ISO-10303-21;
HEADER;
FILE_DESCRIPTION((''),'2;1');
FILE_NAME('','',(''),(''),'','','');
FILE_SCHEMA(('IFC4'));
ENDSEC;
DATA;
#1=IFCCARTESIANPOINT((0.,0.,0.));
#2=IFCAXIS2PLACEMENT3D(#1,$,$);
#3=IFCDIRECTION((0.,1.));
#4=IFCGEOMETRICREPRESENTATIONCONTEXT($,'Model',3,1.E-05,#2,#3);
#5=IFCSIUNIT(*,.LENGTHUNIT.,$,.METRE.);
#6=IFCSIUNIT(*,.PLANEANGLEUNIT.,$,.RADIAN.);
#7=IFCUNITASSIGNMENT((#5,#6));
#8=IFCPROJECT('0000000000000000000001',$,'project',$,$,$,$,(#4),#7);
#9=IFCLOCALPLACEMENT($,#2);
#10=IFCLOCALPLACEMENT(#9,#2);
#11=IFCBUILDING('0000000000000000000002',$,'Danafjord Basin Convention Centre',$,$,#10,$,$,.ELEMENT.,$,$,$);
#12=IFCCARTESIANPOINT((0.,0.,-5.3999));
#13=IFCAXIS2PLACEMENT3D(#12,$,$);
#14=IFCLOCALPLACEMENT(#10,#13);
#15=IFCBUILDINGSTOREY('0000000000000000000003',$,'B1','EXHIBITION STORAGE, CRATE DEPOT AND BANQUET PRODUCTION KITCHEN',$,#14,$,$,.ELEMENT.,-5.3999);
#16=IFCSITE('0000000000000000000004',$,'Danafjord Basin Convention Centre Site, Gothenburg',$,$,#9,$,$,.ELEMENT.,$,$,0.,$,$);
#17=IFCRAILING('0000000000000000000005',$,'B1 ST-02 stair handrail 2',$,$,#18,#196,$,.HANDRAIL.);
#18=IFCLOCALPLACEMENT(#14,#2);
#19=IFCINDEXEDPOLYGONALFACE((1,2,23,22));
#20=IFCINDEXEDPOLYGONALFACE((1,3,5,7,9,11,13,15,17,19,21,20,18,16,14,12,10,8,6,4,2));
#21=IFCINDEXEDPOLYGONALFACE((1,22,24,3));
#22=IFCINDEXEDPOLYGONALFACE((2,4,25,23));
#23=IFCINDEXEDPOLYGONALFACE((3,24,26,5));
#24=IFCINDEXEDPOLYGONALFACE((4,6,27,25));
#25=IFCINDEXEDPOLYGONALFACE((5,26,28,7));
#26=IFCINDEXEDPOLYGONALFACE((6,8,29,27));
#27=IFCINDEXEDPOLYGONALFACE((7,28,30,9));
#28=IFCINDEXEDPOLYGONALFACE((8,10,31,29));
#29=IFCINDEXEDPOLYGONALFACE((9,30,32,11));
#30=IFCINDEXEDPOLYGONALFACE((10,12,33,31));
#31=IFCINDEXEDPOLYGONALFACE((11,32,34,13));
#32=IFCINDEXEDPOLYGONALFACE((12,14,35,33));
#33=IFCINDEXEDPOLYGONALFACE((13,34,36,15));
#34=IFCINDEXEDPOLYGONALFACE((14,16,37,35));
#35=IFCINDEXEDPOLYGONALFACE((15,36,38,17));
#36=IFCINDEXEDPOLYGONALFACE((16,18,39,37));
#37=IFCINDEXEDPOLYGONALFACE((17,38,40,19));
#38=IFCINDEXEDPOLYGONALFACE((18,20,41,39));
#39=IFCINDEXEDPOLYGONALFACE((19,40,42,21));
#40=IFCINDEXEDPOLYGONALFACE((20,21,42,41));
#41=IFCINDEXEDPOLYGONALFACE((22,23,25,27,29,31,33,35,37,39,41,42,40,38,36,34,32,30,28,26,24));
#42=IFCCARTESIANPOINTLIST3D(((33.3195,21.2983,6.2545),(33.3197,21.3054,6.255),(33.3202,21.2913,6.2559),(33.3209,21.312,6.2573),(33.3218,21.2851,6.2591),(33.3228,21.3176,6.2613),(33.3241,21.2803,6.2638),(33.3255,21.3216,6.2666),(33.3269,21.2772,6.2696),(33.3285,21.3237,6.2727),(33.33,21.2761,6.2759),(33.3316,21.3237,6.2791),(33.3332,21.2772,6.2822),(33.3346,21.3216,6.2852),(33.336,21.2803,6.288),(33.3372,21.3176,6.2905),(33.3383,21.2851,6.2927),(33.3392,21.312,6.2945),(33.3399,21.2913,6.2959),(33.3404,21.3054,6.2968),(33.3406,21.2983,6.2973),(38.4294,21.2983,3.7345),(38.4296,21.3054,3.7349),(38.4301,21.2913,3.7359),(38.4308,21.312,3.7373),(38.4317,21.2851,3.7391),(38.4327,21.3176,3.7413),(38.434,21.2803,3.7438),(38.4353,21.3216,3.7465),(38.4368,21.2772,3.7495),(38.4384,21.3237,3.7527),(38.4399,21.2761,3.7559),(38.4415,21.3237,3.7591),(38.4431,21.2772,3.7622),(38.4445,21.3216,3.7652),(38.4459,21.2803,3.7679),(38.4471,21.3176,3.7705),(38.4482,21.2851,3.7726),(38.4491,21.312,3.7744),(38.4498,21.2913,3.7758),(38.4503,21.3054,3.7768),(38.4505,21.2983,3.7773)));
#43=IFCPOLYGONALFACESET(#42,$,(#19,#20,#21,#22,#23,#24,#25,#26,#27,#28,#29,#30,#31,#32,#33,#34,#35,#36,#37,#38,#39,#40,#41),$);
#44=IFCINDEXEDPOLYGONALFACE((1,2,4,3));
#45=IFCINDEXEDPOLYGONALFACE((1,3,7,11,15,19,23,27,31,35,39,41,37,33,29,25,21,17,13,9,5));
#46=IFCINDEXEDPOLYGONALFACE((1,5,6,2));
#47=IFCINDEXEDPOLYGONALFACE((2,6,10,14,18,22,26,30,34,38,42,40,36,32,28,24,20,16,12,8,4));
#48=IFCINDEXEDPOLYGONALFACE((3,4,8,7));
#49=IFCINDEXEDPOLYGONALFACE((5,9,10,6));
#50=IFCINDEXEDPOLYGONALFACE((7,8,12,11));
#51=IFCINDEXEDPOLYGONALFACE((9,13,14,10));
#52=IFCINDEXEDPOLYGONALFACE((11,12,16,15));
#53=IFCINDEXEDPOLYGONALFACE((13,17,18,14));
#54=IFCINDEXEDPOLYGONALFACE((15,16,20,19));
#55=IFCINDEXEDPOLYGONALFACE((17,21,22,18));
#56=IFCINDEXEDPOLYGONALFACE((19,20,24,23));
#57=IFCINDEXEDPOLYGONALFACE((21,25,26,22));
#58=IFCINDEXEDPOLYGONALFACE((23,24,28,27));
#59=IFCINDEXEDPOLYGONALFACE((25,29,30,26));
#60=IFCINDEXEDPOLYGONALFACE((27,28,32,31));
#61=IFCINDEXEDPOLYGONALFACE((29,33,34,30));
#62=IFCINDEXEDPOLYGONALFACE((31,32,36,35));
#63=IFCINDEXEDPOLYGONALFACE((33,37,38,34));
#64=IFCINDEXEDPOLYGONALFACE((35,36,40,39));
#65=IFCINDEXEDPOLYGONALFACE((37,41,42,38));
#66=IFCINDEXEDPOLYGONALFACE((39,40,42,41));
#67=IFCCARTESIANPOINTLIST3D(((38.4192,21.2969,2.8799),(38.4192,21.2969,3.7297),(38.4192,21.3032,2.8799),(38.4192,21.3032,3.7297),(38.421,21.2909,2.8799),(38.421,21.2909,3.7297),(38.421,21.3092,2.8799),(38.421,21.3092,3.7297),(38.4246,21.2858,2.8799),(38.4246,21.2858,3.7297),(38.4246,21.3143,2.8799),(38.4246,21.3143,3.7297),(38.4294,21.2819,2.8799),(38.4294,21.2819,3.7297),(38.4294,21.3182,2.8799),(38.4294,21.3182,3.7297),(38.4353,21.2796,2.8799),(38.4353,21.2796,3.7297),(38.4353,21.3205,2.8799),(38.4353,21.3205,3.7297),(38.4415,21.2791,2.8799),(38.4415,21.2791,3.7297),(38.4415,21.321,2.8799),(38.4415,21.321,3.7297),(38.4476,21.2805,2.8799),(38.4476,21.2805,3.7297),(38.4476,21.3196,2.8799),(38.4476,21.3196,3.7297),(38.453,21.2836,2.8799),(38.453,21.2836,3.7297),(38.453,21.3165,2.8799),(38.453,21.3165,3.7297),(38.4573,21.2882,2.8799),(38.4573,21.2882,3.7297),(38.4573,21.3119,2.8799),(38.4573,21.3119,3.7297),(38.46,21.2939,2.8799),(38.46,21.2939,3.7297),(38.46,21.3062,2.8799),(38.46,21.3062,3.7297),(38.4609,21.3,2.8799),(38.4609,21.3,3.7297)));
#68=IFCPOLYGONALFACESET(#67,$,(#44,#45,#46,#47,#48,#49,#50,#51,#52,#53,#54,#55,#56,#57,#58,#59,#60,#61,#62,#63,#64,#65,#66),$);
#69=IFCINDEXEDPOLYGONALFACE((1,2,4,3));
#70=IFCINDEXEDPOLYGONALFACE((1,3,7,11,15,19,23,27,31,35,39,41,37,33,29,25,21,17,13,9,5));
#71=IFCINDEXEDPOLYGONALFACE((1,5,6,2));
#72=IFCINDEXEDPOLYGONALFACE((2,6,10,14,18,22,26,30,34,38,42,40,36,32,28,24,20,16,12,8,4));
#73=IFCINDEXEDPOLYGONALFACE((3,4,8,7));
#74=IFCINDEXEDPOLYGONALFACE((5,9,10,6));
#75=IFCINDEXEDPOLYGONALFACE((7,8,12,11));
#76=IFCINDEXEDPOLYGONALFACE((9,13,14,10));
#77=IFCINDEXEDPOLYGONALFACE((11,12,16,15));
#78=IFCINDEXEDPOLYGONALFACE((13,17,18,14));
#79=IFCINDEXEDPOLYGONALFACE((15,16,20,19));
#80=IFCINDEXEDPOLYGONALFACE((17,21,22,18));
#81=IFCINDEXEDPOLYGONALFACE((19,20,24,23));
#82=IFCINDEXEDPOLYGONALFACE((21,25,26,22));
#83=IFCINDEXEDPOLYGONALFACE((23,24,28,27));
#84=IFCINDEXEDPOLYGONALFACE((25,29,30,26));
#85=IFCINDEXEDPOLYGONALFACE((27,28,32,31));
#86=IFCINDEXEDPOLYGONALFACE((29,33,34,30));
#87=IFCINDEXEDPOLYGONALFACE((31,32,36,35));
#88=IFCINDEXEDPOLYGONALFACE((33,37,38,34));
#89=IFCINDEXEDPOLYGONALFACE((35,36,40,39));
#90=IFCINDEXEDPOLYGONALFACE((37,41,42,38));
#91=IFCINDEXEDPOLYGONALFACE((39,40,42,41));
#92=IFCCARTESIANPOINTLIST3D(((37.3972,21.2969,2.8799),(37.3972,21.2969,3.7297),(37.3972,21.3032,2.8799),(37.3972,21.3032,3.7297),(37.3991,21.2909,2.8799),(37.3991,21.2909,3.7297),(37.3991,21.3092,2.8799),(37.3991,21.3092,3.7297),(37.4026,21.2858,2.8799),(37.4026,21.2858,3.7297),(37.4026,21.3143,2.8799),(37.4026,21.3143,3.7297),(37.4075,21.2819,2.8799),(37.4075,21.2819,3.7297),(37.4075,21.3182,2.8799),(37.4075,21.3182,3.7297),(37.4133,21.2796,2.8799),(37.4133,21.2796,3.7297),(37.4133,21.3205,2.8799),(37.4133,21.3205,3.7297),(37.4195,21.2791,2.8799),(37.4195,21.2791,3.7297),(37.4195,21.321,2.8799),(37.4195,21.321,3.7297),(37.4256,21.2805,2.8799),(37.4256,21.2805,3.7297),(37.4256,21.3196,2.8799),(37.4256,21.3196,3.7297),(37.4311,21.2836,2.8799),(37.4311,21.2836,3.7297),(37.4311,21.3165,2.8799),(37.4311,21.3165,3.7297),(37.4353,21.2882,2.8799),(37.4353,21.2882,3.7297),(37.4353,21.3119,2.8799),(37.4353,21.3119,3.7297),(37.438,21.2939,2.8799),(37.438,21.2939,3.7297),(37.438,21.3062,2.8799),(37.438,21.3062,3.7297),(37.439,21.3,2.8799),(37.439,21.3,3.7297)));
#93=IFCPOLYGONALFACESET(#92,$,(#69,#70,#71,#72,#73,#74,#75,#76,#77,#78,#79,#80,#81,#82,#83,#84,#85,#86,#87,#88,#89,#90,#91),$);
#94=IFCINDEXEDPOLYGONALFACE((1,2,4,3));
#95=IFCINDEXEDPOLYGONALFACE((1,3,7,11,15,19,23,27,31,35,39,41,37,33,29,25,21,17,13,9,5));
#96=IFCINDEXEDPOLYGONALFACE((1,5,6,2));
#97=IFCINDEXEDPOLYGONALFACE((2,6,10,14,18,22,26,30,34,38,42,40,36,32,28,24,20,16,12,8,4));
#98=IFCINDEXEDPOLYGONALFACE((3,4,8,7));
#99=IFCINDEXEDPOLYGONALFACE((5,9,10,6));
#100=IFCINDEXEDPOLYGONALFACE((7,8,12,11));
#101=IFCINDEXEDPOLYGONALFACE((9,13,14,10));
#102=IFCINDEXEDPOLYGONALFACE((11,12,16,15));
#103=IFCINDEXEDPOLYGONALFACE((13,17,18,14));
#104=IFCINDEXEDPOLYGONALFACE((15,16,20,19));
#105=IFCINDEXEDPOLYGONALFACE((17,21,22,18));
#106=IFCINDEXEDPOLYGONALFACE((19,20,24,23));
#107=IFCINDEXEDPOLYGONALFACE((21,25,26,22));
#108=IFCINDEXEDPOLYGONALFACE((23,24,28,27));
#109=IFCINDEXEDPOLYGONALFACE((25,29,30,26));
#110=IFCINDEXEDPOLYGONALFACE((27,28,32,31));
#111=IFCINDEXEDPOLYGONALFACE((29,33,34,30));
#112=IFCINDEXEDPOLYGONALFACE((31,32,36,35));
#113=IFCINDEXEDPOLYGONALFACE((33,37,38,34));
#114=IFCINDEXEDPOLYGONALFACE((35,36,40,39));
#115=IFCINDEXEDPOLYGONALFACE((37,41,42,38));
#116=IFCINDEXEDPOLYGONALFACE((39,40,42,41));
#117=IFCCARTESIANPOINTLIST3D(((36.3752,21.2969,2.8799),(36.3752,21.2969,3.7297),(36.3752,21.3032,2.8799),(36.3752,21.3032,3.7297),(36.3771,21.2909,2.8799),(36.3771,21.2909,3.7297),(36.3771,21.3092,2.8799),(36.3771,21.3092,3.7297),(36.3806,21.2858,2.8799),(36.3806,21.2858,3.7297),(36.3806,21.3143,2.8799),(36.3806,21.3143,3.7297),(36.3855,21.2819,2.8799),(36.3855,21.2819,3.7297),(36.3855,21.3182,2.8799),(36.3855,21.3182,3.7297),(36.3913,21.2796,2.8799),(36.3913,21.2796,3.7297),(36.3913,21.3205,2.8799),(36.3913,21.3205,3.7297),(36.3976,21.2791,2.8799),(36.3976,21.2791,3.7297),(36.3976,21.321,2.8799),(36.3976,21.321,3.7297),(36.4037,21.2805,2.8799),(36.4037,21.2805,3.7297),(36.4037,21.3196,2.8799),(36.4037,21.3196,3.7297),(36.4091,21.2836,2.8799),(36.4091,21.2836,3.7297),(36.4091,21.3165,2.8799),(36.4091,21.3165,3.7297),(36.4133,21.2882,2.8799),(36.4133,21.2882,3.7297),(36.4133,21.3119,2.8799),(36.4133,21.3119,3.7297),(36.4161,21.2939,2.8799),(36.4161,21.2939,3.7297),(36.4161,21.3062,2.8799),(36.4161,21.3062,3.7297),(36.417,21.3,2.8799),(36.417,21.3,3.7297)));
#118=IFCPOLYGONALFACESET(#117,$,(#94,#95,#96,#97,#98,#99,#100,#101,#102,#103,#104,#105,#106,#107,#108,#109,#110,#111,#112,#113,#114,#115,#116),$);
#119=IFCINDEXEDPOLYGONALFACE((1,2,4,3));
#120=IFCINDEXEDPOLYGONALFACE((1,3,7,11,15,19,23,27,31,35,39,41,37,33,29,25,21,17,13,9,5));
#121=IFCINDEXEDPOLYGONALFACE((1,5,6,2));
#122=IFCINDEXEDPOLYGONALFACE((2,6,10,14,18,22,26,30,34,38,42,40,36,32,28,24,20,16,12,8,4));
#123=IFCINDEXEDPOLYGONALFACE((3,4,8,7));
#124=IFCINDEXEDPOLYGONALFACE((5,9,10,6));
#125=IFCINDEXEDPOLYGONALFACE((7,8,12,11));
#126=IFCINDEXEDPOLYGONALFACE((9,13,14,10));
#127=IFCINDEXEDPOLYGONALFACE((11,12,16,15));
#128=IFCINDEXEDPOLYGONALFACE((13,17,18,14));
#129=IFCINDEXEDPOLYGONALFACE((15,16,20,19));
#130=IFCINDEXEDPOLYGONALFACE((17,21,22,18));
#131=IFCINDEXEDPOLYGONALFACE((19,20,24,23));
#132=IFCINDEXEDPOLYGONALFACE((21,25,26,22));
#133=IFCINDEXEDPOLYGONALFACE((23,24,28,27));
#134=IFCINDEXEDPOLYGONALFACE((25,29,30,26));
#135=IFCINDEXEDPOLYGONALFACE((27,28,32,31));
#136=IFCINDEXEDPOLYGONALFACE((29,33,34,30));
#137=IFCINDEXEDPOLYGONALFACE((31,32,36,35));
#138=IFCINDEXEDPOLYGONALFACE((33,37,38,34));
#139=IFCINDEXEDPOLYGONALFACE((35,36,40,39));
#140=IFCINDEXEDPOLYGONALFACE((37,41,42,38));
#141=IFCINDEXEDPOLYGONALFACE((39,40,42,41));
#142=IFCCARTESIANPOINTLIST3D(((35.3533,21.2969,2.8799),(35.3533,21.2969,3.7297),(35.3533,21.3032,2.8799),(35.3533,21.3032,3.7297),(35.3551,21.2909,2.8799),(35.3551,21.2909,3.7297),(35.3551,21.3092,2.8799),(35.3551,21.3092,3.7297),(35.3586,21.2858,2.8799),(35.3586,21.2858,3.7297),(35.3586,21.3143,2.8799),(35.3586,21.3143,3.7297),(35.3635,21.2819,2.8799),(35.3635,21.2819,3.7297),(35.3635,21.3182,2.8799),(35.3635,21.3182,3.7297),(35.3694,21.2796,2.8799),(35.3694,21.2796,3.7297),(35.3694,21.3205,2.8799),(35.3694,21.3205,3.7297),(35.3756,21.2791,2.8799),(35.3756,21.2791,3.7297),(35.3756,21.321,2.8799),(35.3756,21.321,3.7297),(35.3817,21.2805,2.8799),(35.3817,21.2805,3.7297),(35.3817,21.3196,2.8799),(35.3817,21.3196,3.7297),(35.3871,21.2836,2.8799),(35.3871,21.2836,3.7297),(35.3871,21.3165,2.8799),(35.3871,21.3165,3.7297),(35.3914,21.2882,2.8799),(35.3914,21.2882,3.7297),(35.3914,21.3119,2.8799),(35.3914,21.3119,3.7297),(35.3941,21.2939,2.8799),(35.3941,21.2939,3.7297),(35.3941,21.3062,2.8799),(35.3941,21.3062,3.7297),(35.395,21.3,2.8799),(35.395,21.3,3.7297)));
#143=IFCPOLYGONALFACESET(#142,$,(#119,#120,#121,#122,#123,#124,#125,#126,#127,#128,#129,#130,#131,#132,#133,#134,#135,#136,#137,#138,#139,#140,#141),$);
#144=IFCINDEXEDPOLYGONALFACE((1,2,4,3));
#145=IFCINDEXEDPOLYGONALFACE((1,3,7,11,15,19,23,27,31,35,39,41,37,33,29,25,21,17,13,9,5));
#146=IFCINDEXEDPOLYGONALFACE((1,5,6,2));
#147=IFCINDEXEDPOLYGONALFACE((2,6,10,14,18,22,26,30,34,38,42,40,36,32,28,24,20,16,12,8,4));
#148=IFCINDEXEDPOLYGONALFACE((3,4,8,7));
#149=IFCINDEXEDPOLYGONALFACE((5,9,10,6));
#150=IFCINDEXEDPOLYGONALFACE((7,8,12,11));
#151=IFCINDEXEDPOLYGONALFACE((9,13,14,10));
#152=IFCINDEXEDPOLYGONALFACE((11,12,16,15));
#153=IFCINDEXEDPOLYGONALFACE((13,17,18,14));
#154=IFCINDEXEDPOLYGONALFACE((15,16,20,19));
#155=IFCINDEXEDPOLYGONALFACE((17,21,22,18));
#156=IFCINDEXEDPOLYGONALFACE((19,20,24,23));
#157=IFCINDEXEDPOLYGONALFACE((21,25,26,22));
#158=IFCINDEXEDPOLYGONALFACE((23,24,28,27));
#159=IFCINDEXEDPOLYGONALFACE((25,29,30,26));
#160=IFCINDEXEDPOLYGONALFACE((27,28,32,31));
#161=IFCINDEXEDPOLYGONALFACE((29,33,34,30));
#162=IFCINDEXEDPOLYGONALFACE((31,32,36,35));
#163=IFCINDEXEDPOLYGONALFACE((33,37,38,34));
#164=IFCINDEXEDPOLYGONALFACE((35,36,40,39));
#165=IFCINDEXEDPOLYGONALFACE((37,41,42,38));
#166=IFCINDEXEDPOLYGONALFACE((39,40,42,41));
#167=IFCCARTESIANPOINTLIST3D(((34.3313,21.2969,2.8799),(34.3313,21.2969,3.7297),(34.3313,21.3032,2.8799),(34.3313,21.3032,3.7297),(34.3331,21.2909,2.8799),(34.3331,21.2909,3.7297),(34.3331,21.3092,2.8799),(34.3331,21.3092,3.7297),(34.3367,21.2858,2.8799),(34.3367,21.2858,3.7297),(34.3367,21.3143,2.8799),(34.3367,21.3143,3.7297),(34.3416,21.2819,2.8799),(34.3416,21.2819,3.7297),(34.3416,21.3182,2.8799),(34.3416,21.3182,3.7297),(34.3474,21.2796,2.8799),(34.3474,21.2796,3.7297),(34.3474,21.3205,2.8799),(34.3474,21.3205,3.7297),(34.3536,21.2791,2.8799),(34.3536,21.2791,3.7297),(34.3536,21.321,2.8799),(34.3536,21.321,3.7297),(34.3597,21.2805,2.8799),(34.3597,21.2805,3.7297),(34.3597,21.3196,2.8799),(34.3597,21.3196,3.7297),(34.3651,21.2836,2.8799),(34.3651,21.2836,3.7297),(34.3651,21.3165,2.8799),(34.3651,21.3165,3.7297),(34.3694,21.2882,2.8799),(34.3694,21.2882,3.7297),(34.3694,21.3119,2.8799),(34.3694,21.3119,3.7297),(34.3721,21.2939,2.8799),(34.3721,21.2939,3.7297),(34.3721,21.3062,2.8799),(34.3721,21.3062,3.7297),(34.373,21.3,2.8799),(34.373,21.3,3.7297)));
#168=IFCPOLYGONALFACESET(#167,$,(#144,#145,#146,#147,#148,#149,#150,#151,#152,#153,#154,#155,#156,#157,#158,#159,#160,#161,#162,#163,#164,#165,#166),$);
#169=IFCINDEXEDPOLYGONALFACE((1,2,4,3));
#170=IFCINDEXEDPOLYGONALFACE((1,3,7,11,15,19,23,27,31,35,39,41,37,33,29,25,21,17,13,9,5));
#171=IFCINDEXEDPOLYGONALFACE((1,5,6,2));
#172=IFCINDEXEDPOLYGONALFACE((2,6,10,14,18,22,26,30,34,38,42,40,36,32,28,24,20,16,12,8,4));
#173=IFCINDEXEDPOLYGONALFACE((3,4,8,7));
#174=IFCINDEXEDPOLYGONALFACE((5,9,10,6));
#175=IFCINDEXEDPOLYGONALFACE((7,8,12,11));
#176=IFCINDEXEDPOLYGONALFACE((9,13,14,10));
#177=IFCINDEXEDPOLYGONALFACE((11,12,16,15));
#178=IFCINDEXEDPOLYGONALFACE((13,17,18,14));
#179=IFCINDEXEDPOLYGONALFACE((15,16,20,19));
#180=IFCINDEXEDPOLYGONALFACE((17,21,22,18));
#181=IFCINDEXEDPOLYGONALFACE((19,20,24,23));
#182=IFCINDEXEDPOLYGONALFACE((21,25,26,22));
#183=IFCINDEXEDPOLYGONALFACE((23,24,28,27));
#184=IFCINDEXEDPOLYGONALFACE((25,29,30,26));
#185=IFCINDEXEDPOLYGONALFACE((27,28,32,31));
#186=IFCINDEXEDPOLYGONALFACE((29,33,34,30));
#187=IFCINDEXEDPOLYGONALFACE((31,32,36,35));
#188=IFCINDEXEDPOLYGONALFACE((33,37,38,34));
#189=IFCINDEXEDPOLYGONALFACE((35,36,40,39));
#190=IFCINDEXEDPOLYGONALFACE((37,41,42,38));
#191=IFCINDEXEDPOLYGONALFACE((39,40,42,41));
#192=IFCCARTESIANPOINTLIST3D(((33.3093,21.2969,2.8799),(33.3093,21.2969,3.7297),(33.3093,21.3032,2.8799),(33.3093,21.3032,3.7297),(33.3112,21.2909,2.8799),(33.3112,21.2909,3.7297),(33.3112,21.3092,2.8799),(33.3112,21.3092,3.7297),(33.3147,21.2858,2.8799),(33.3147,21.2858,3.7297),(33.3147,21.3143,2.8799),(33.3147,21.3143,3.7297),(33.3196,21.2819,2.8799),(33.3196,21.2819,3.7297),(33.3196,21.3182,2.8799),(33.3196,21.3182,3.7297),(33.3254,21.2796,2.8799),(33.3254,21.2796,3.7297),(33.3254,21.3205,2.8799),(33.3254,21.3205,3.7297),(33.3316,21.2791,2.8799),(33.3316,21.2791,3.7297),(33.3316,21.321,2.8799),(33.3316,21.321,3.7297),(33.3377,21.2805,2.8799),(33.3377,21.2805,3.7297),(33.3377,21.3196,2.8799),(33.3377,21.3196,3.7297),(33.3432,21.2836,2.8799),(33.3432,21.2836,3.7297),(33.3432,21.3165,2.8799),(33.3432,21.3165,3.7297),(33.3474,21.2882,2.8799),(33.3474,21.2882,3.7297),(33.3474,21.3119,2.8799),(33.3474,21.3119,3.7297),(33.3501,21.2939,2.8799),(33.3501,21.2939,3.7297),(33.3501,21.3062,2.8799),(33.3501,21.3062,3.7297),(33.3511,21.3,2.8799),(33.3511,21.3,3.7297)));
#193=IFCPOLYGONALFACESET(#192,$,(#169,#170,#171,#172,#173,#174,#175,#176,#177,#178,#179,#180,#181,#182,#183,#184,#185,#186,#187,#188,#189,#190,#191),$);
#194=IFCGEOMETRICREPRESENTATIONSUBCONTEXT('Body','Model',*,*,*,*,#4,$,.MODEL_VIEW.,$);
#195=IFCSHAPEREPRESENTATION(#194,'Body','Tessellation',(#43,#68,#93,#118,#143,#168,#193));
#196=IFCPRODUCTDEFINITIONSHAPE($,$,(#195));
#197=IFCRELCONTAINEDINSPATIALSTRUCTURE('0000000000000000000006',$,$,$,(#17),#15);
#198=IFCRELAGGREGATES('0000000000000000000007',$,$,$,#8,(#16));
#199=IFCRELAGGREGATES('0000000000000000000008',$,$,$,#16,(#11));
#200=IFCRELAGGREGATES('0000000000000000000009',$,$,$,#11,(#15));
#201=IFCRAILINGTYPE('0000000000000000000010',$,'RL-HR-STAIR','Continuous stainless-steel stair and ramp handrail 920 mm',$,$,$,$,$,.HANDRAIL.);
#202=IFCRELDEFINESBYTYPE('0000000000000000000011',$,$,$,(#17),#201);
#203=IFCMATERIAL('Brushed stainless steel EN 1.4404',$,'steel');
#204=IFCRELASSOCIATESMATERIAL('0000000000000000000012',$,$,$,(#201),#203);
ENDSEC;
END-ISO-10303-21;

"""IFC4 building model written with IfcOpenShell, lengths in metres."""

from ifc_helpers import new_model, si_unit, direction, frame, origin, origin_2d, place, context, subcontext, project, spatial, circle, extrude, material, type_object, element, save


model = new_model("IFC4")

# Units and contexts
model_context = context("Model", 3, precision=1e-05, world=origin(), true_north=direction((0.0, 1.0)))
body_context = subcontext(model_context, "Body", "Model", "MODEL_VIEW")
ifc_project = project(units=[si_unit("LENGTHUNIT", "METRE"), si_unit("PLANEANGLEUNIT", "RADIAN")], contexts=[model_context])

# Site, building, storey
site_placement = place(None, origin())
site = spatial("IfcSite", under=ifc_project, at=site_placement, Name="Danafjord Basin Convention Centre Site, Gothenburg", CompositionType="ELEMENT", RefElevation=0.0)
building_placement = place(site_placement, origin())
building = spatial("IfcBuilding", under=site, at=building_placement, Name="Danafjord Basin Convention Centre", CompositionType="ELEMENT")
storey_placement = place(building_placement, frame((0.0, 0.0, -5.3999)))
storey = spatial("IfcBuildingStorey", under=building, at=storey_placement, Name="B1", Description="EXHIBITION STORAGE, CRATE DEPOT AND BANQUET PRODUCTION KITCHEN", CompositionType="ELEMENT", Elevation=-5.3999)

# Railing
ifc_material_1 = material(Name="Brushed stainless steel EN 1.4404", Category="steel")
railing_type_1 = type_object("IfcRailingType", Name="RL-HR-STAIR", Description="Continuous stainless-steel stair and ramp handrail 920 mm", PredefinedType="HANDRAIL", material=ifc_material_1)
railing_1_placement = place(storey_placement, frame((38.4399, 21.3, 2.8799)))
element("IfcRailing", 1, at=railing_1_placement, inside=storey, type_object=railing_type_1, Name="B1 ST-02 stair handrail 2", PredefinedType="HANDRAIL", context=body_context, shape_type="SweptSolid", body=[
    extrude(circle(Radius=0.0239, at=origin_2d()), frame((0.0, 0.0, 0.876), z_axis=(-0.896865, 0.0, 0.442305), x_axis=(0.0, -1.0, 0.0)), (0.0, 0.0, 1.0), 5.6975),
    extrude(circle(Radius=0.021, at=origin_2d()), origin(), (0.0, 0.0, 1.0), 0.8499),
    extrude(circle(Radius=0.021, at=origin_2d()), frame((-1.022, 0.0, 0.0)), (0.0, 0.0, 1.0), 0.8499),
    extrude(circle(Radius=0.021, at=origin_2d()), frame((-2.0439, 0.0, 0.0)), (0.0, 0.0, 1.0), 0.8499),
    extrude(circle(Radius=0.021, at=origin_2d()), frame((-3.0659, 0.0, 0.0)), (0.0, 0.0, 1.0), 0.8499),
    extrude(circle(Radius=0.021, at=origin_2d()), frame((-4.0879, 0.0, 0.0)), (0.0, 0.0, 1.0), 0.8499),
    extrude(circle(Radius=0.021, at=origin_2d()), frame((-5.1099, 0.0, 0.0)), (0.0, 0.0, 1.0), 0.8499),
])

save(model, "model.ifc")
